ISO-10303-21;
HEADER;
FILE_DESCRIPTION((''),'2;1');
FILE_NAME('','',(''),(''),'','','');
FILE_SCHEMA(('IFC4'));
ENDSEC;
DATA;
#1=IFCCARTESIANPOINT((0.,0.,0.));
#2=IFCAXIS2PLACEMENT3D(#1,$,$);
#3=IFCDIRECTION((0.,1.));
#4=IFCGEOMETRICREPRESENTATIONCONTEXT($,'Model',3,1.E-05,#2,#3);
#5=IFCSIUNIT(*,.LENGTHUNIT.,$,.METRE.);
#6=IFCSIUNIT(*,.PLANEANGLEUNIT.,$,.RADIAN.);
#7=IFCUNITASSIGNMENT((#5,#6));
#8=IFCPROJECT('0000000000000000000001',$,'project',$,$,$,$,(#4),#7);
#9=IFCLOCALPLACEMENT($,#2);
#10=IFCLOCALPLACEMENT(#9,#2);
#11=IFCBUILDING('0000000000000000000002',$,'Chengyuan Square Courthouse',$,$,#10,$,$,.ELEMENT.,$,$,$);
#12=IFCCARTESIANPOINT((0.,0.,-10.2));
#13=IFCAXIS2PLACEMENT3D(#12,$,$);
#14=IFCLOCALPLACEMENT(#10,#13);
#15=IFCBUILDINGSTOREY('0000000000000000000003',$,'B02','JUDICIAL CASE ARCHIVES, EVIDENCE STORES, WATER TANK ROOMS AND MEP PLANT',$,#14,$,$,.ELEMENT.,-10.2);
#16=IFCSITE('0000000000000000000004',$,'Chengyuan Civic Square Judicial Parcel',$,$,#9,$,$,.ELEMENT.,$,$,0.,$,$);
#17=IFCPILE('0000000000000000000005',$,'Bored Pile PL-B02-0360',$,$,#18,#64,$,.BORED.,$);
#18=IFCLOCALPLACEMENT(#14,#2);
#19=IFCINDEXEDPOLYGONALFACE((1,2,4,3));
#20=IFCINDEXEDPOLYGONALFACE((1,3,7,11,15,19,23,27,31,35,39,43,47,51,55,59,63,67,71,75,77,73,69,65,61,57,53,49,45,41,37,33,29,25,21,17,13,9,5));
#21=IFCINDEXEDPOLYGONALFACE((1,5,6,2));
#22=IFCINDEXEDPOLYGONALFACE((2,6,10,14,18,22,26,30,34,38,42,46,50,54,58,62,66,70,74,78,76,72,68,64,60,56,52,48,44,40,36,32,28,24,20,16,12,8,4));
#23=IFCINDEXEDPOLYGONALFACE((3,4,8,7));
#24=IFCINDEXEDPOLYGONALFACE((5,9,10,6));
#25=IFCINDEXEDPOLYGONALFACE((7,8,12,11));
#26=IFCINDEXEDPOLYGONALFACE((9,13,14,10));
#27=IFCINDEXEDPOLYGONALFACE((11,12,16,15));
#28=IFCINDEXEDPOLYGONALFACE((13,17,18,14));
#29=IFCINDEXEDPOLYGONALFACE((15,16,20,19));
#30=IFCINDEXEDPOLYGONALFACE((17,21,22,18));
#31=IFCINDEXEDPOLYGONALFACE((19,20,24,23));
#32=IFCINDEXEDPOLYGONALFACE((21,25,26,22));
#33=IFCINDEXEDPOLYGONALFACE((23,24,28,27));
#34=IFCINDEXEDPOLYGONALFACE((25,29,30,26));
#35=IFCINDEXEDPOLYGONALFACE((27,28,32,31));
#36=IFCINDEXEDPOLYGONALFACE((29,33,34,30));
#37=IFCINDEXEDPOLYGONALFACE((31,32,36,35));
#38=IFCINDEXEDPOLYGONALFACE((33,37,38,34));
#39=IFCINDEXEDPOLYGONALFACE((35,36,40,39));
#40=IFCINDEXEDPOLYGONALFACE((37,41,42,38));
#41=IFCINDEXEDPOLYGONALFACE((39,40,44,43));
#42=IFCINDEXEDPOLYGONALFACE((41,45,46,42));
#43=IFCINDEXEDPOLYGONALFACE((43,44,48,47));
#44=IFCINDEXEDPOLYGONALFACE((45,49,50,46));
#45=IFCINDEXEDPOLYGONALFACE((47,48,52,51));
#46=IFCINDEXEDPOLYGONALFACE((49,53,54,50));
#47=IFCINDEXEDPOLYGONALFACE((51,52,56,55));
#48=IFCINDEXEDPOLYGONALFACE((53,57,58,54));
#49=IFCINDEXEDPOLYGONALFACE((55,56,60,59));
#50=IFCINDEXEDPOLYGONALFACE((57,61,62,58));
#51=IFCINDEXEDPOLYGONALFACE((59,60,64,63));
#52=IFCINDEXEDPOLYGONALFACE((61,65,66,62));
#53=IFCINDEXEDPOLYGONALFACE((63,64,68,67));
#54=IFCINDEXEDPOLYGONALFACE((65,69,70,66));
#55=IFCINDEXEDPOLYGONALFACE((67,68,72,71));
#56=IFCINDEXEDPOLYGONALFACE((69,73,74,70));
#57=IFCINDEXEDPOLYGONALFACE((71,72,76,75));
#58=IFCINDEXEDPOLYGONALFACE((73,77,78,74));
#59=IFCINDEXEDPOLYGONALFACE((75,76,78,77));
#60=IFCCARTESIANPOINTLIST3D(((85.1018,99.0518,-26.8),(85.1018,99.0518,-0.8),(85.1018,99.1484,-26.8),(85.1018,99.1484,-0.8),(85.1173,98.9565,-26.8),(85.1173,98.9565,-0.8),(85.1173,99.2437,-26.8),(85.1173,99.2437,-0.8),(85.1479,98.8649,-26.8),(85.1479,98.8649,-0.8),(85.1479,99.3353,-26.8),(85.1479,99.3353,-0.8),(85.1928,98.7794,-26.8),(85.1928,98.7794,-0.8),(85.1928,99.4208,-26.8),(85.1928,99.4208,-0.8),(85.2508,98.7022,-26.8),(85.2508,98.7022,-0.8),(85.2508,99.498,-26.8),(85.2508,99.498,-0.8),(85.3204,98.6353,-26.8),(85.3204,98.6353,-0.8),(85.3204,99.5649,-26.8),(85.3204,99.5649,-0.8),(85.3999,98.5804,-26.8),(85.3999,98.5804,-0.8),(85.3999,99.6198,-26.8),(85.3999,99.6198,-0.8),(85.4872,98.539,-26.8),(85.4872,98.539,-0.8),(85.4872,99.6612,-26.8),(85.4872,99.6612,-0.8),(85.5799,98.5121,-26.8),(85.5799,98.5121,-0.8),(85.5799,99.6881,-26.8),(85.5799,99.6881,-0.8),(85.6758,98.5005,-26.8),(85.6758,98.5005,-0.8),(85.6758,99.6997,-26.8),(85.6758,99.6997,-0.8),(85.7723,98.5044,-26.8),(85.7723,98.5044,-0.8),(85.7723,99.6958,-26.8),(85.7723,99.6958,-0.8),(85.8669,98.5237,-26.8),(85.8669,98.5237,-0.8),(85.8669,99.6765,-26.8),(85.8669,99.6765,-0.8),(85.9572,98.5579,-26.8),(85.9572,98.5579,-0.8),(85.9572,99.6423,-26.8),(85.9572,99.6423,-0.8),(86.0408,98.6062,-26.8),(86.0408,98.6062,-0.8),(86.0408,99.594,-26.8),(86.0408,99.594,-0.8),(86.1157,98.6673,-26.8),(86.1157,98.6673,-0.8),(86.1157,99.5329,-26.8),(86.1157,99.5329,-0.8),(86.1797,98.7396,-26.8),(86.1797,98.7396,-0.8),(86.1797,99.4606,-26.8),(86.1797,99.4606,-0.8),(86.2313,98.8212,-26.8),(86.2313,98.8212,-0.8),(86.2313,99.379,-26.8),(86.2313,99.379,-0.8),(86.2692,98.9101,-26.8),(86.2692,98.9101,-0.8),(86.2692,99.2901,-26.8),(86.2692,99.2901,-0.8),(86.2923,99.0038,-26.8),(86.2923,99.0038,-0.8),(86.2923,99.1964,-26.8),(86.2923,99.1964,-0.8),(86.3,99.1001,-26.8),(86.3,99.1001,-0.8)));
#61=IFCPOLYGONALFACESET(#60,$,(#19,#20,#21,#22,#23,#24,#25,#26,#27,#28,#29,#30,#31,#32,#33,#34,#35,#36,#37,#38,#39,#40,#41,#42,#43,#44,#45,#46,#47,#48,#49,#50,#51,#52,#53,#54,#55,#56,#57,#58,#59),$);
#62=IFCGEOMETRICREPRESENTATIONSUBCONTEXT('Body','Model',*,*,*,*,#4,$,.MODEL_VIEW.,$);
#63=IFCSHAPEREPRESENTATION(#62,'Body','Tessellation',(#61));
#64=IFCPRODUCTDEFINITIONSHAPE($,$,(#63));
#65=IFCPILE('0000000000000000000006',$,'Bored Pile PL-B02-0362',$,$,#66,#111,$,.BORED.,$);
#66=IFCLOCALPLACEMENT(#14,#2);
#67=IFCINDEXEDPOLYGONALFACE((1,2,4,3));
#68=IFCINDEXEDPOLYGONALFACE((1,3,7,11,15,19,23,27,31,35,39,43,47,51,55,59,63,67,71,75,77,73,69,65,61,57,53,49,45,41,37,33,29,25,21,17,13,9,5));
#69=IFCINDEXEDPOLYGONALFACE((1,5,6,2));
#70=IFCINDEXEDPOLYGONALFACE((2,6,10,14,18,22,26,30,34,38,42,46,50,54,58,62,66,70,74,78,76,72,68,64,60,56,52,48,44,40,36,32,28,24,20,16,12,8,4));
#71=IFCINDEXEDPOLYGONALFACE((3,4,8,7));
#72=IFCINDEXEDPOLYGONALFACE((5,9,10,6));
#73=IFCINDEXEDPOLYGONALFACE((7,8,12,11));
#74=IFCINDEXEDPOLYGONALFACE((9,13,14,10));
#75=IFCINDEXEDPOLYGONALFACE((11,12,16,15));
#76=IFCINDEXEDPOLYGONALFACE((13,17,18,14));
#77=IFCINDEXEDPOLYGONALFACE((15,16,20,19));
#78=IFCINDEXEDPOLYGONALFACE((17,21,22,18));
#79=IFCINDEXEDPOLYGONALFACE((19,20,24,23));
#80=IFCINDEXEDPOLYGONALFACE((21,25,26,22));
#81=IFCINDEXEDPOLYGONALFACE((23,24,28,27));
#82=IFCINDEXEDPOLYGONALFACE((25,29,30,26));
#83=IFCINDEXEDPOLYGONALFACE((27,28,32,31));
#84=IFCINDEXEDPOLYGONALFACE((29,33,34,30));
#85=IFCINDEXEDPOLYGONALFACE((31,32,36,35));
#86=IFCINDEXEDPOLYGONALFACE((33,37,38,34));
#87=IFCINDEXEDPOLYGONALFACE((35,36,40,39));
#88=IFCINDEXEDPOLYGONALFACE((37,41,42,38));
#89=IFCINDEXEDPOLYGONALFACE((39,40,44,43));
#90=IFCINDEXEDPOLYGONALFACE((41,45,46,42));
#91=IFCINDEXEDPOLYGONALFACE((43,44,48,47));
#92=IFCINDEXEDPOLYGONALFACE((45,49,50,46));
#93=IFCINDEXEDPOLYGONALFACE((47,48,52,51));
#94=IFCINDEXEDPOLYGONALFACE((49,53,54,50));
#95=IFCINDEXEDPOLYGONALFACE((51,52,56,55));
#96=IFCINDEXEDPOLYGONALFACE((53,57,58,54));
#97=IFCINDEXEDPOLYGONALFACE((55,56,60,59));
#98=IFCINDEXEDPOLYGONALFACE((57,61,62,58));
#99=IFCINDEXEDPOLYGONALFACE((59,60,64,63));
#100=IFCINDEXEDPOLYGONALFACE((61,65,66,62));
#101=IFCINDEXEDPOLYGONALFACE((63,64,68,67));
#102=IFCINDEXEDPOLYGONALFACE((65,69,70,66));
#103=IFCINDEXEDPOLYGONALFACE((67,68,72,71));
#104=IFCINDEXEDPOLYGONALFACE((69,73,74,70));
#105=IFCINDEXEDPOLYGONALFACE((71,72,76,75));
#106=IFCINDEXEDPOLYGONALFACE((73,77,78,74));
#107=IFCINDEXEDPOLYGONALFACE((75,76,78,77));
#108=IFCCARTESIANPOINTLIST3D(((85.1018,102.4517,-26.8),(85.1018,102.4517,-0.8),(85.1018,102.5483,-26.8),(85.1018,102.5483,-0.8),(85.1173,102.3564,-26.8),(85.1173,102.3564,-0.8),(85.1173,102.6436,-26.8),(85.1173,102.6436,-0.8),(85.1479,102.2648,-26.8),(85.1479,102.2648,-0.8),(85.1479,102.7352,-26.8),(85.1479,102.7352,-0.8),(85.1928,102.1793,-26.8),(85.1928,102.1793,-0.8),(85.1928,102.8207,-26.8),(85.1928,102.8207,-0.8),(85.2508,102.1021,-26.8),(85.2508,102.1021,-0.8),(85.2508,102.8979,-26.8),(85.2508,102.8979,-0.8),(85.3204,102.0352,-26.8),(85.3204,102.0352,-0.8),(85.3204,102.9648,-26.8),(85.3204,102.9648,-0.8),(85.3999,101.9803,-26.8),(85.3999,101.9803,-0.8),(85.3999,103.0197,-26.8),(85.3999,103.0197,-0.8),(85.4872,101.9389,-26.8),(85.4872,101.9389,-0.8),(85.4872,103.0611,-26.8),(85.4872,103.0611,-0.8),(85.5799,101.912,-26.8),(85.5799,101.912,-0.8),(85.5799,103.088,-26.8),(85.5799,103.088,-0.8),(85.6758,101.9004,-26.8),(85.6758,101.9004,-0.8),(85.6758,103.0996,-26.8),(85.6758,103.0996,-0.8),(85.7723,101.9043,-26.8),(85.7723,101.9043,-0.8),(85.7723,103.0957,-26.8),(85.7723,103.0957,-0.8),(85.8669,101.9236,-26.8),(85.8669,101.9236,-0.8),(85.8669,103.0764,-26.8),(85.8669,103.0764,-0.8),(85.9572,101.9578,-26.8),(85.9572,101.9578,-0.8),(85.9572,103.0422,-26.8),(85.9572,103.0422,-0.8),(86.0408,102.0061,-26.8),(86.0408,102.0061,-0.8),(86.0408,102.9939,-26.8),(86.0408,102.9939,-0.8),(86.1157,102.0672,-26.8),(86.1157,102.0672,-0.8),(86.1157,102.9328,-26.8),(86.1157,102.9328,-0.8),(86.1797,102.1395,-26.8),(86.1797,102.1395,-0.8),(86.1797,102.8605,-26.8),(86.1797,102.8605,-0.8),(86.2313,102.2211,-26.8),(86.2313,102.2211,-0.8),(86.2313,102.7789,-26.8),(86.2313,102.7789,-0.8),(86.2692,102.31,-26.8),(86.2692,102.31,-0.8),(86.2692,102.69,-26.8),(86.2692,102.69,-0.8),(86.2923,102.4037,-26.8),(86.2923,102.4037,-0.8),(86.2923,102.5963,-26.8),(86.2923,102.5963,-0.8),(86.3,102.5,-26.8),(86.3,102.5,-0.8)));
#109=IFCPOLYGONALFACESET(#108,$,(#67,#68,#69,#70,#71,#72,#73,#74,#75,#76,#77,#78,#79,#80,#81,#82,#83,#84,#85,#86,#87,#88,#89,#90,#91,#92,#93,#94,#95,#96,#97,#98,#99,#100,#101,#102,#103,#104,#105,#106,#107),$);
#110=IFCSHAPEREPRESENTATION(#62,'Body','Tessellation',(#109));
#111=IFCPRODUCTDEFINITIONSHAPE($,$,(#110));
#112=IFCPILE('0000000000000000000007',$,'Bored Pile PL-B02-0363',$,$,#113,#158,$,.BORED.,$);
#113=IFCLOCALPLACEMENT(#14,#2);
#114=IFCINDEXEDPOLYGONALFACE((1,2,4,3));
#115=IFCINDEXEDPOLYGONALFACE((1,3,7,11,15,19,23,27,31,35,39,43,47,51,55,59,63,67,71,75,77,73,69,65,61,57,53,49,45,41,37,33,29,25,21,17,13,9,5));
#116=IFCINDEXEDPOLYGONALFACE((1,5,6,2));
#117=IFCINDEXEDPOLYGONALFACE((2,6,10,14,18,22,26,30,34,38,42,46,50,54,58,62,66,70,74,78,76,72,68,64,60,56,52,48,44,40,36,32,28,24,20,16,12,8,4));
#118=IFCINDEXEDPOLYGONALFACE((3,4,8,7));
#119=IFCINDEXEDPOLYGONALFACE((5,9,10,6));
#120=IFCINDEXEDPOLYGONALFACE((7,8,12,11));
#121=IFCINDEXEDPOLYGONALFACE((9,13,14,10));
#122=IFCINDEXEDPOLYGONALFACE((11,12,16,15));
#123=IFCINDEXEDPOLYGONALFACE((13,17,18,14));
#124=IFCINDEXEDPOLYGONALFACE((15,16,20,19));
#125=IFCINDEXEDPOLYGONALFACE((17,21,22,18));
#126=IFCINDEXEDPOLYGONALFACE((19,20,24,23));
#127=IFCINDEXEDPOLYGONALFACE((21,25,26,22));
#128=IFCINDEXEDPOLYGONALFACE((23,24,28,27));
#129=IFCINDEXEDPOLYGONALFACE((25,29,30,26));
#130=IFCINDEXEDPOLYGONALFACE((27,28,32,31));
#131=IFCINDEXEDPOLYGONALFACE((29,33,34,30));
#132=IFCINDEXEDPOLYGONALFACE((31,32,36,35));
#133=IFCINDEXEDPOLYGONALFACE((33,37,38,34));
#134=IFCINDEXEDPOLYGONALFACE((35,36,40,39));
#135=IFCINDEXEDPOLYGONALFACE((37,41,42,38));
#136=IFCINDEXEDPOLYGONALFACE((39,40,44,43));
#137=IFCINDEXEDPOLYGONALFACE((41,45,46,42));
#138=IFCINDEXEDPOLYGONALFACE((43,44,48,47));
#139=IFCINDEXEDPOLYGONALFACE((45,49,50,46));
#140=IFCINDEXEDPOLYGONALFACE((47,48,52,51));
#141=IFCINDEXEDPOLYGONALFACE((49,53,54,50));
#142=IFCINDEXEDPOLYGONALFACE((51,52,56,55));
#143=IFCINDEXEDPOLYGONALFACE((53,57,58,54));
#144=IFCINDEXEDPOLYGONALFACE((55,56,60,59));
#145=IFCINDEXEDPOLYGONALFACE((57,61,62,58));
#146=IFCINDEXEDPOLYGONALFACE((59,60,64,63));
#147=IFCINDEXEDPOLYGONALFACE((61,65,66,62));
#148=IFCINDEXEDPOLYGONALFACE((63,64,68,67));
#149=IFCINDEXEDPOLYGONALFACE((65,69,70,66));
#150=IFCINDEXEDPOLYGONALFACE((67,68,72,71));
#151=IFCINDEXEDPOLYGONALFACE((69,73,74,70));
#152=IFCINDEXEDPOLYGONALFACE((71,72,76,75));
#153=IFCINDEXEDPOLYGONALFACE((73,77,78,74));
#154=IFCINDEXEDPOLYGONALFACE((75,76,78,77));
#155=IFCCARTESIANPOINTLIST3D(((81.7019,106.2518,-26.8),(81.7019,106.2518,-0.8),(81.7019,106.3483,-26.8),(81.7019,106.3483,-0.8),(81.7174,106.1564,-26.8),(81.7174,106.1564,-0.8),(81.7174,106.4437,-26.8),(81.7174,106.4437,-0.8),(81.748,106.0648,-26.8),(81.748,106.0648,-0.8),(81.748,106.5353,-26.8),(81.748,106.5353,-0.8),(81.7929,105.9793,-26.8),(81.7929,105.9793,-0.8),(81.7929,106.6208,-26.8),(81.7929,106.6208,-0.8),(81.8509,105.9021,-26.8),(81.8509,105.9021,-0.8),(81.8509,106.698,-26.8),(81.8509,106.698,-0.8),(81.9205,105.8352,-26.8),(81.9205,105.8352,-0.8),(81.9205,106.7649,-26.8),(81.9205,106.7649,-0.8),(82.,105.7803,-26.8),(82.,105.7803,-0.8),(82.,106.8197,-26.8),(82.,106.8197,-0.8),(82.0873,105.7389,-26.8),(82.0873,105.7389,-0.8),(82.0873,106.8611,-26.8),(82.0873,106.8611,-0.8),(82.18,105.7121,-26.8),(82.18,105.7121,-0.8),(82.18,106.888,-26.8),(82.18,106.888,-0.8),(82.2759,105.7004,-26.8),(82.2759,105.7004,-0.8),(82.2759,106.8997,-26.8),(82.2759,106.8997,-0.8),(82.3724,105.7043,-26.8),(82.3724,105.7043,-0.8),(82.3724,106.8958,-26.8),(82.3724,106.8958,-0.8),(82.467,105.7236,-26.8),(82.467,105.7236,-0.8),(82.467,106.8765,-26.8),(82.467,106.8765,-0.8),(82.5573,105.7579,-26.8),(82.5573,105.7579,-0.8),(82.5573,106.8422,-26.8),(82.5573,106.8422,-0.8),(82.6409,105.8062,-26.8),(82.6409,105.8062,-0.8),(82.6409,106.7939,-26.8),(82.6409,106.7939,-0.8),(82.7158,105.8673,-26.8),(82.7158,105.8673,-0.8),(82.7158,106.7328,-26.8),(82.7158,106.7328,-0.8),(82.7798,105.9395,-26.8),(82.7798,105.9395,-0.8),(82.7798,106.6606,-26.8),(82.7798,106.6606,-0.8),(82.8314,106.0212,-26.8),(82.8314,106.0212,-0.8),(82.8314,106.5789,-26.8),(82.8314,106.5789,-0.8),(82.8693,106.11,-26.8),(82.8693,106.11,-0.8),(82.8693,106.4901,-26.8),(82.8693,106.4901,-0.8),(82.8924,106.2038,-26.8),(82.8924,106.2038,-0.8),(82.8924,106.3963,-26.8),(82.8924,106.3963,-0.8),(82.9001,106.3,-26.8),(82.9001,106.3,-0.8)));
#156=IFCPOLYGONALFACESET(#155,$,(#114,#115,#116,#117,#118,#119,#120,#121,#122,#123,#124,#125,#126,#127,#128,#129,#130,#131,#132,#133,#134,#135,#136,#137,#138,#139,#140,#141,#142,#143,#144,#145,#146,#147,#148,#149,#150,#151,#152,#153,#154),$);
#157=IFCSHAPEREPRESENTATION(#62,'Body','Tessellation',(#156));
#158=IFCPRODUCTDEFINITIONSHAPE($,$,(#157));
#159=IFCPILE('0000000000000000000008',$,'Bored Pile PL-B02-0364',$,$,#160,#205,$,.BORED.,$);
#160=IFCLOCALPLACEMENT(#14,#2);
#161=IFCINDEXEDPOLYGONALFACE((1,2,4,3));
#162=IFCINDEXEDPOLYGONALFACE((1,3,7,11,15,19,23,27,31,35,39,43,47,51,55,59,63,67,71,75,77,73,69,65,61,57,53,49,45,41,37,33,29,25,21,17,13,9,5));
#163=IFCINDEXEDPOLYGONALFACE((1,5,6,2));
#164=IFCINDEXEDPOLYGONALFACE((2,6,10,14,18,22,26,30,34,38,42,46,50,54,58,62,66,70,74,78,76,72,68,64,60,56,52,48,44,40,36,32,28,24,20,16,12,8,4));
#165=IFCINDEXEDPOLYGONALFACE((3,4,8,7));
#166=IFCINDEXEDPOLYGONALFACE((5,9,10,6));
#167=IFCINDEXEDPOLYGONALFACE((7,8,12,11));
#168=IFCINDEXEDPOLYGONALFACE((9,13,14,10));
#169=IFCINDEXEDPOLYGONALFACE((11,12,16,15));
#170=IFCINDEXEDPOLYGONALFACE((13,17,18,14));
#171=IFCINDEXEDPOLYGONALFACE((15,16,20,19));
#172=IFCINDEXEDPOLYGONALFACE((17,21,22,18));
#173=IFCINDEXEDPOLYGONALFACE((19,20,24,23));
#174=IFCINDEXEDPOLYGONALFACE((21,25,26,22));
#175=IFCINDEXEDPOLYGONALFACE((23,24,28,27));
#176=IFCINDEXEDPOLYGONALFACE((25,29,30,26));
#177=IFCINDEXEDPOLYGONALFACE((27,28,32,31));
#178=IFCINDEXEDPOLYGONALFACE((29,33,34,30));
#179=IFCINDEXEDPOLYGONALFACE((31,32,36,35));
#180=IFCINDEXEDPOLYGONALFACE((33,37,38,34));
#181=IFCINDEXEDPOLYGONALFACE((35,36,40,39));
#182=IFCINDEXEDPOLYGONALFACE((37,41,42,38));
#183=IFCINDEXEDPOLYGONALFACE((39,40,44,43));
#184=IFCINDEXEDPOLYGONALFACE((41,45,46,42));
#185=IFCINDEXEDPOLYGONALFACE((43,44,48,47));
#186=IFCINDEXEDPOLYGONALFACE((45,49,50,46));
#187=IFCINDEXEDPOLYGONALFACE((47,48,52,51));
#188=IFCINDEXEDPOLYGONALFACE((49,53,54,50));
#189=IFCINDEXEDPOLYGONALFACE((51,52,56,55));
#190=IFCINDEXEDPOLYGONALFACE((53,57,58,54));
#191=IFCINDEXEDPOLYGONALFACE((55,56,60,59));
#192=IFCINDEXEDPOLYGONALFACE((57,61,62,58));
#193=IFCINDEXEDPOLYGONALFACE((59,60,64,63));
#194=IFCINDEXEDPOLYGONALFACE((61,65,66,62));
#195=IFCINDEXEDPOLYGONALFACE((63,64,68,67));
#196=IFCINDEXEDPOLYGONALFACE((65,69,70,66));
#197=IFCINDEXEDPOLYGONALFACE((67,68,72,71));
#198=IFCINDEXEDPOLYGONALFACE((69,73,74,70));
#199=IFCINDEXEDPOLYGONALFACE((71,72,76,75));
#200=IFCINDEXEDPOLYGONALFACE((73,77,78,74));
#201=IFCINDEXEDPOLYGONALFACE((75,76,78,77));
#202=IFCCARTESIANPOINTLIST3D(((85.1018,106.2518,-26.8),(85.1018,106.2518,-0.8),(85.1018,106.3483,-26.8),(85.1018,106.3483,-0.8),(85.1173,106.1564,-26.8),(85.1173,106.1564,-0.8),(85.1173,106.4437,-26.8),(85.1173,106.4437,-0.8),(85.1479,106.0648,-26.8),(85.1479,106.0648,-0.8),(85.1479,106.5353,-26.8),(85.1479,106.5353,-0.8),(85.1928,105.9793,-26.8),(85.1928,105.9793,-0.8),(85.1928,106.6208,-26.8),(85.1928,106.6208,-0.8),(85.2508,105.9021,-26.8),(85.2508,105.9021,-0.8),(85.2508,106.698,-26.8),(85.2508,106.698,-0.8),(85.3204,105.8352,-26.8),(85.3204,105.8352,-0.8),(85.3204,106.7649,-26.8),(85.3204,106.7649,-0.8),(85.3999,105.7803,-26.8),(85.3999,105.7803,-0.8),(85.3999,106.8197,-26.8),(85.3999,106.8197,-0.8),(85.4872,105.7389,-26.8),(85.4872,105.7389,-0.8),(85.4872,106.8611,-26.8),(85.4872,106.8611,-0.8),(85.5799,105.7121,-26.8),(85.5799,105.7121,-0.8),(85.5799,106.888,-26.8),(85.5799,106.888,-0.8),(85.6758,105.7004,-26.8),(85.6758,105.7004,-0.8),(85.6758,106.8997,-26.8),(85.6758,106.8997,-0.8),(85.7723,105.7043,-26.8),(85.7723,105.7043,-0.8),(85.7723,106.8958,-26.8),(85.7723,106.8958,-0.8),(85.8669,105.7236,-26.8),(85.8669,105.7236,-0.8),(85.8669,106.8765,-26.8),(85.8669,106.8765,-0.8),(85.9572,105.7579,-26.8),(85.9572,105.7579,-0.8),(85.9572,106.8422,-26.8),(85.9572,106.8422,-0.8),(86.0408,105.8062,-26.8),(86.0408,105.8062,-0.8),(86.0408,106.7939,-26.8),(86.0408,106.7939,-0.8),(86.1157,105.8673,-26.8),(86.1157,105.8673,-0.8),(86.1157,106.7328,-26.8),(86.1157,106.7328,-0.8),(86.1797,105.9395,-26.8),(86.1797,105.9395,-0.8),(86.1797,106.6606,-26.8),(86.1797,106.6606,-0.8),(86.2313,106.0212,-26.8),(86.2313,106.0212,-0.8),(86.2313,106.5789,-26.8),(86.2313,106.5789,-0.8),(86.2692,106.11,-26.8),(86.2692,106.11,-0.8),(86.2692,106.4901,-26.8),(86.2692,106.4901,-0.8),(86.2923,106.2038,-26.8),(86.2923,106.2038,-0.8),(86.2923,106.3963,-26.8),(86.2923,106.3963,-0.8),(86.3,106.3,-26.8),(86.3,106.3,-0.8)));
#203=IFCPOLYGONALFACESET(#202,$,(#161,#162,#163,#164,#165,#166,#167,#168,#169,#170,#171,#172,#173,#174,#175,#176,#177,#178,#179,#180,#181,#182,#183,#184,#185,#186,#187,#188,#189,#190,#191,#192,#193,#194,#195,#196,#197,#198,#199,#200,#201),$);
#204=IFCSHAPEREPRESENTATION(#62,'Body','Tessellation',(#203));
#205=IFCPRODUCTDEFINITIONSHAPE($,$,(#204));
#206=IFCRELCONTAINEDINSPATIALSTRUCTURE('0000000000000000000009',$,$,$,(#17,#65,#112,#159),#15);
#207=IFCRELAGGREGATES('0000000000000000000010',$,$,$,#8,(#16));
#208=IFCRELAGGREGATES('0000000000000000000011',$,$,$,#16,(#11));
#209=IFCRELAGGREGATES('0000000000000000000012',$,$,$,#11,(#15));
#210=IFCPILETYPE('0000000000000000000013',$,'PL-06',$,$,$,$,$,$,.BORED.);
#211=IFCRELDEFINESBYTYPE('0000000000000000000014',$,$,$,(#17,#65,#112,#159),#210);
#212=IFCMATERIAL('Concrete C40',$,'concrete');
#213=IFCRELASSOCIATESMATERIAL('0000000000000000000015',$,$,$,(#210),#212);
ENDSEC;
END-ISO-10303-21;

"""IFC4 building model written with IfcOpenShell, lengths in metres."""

from ifc_helpers import new_model, si_unit, direction, frame, origin, origin_2d, place, context, subcontext, project, spatial, circle, extrude, material, material_profile, profile_set, type_object, element, save


model = new_model("IFC4")

# Units and contexts
model_context = context("Model", 3, precision=1e-05, world=origin(), true_north=direction((0.0, 1.0)))
body_context = subcontext(model_context, "Body", "Model", "MODEL_VIEW")
ifc_project = project(units=[si_unit("LENGTHUNIT", "METRE"), si_unit("PLANEANGLEUNIT", "RADIAN")], contexts=[model_context])

# Site, building, storey
site_placement = place(None, origin())
site = spatial("IfcSite", under=ifc_project, at=site_placement, Name="Chengyuan Civic Square Judicial Parcel", CompositionType="ELEMENT", RefElevation=0.0)
building_placement = place(site_placement, origin())
building = spatial("IfcBuilding", under=site, at=building_placement, Name="Chengyuan Square Courthouse", CompositionType="ELEMENT")
storey_placement = place(building_placement, frame((0.0, 0.0, -10.2)))
storey = spatial("IfcBuildingStorey", under=building, at=storey_placement, Name="B02", Description="JUDICIAL CASE ARCHIVES, EVIDENCE STORES, WATER TANK ROOMS AND MEP PLANT", CompositionType="ELEMENT", Elevation=-10.2)

# Shared definitions
ifc_material_1 = material(Name="Concrete C40", Category="concrete")

# Piles
ifc_material_profile_1 = material_profile(ifc_material_1, circle(Radius=0.6001, at=origin_2d()), Name="BORED PILE D1200")
ifc_profile_set_1 = profile_set([ifc_material_profile_1], Name="Concrete C40")
pile_type_1 = type_object("IfcPileType", Name="PL-06", PredefinedType="BORED", material=ifc_profile_set_1)
for number, where, z_axis, x_axis, name in (
    (1, (85.7, 99.1001, -0.8), (0.0, 0.0, -1.0), (1.0, 0.0, 0.0), "Bored Pile PL-B02-0360"),
    (2, (85.7, 102.5, -0.8), (0.0, 0.0, -1.0), (1.0, 0.0, 0.0), "Bored Pile PL-B02-0362"),
    (3, (82.3, 106.3, -0.8), (0.0, 0.0, -1.0), (1.0, 0.0, 0.0), "Bored Pile PL-B02-0363"),
    (4, (85.7, 106.3, -0.8), (0.0, 0.0, -1.0), (1.0, 0.0, 0.0), "Bored Pile PL-B02-0364"),
):
    element("IfcPile", number, at=place(storey_placement, frame(where, z_axis=z_axis, x_axis=x_axis)), inside=storey, type_object=pile_type_1, Name=name, PredefinedType="BORED", context=body_context, shape_type="SweptSolid", body=[
        extrude(circle(Radius=0.6001, at=origin_2d()), origin(), (0.0, 0.0, 1.0), 26.0),
    ])

save(model, "model.ifc")
